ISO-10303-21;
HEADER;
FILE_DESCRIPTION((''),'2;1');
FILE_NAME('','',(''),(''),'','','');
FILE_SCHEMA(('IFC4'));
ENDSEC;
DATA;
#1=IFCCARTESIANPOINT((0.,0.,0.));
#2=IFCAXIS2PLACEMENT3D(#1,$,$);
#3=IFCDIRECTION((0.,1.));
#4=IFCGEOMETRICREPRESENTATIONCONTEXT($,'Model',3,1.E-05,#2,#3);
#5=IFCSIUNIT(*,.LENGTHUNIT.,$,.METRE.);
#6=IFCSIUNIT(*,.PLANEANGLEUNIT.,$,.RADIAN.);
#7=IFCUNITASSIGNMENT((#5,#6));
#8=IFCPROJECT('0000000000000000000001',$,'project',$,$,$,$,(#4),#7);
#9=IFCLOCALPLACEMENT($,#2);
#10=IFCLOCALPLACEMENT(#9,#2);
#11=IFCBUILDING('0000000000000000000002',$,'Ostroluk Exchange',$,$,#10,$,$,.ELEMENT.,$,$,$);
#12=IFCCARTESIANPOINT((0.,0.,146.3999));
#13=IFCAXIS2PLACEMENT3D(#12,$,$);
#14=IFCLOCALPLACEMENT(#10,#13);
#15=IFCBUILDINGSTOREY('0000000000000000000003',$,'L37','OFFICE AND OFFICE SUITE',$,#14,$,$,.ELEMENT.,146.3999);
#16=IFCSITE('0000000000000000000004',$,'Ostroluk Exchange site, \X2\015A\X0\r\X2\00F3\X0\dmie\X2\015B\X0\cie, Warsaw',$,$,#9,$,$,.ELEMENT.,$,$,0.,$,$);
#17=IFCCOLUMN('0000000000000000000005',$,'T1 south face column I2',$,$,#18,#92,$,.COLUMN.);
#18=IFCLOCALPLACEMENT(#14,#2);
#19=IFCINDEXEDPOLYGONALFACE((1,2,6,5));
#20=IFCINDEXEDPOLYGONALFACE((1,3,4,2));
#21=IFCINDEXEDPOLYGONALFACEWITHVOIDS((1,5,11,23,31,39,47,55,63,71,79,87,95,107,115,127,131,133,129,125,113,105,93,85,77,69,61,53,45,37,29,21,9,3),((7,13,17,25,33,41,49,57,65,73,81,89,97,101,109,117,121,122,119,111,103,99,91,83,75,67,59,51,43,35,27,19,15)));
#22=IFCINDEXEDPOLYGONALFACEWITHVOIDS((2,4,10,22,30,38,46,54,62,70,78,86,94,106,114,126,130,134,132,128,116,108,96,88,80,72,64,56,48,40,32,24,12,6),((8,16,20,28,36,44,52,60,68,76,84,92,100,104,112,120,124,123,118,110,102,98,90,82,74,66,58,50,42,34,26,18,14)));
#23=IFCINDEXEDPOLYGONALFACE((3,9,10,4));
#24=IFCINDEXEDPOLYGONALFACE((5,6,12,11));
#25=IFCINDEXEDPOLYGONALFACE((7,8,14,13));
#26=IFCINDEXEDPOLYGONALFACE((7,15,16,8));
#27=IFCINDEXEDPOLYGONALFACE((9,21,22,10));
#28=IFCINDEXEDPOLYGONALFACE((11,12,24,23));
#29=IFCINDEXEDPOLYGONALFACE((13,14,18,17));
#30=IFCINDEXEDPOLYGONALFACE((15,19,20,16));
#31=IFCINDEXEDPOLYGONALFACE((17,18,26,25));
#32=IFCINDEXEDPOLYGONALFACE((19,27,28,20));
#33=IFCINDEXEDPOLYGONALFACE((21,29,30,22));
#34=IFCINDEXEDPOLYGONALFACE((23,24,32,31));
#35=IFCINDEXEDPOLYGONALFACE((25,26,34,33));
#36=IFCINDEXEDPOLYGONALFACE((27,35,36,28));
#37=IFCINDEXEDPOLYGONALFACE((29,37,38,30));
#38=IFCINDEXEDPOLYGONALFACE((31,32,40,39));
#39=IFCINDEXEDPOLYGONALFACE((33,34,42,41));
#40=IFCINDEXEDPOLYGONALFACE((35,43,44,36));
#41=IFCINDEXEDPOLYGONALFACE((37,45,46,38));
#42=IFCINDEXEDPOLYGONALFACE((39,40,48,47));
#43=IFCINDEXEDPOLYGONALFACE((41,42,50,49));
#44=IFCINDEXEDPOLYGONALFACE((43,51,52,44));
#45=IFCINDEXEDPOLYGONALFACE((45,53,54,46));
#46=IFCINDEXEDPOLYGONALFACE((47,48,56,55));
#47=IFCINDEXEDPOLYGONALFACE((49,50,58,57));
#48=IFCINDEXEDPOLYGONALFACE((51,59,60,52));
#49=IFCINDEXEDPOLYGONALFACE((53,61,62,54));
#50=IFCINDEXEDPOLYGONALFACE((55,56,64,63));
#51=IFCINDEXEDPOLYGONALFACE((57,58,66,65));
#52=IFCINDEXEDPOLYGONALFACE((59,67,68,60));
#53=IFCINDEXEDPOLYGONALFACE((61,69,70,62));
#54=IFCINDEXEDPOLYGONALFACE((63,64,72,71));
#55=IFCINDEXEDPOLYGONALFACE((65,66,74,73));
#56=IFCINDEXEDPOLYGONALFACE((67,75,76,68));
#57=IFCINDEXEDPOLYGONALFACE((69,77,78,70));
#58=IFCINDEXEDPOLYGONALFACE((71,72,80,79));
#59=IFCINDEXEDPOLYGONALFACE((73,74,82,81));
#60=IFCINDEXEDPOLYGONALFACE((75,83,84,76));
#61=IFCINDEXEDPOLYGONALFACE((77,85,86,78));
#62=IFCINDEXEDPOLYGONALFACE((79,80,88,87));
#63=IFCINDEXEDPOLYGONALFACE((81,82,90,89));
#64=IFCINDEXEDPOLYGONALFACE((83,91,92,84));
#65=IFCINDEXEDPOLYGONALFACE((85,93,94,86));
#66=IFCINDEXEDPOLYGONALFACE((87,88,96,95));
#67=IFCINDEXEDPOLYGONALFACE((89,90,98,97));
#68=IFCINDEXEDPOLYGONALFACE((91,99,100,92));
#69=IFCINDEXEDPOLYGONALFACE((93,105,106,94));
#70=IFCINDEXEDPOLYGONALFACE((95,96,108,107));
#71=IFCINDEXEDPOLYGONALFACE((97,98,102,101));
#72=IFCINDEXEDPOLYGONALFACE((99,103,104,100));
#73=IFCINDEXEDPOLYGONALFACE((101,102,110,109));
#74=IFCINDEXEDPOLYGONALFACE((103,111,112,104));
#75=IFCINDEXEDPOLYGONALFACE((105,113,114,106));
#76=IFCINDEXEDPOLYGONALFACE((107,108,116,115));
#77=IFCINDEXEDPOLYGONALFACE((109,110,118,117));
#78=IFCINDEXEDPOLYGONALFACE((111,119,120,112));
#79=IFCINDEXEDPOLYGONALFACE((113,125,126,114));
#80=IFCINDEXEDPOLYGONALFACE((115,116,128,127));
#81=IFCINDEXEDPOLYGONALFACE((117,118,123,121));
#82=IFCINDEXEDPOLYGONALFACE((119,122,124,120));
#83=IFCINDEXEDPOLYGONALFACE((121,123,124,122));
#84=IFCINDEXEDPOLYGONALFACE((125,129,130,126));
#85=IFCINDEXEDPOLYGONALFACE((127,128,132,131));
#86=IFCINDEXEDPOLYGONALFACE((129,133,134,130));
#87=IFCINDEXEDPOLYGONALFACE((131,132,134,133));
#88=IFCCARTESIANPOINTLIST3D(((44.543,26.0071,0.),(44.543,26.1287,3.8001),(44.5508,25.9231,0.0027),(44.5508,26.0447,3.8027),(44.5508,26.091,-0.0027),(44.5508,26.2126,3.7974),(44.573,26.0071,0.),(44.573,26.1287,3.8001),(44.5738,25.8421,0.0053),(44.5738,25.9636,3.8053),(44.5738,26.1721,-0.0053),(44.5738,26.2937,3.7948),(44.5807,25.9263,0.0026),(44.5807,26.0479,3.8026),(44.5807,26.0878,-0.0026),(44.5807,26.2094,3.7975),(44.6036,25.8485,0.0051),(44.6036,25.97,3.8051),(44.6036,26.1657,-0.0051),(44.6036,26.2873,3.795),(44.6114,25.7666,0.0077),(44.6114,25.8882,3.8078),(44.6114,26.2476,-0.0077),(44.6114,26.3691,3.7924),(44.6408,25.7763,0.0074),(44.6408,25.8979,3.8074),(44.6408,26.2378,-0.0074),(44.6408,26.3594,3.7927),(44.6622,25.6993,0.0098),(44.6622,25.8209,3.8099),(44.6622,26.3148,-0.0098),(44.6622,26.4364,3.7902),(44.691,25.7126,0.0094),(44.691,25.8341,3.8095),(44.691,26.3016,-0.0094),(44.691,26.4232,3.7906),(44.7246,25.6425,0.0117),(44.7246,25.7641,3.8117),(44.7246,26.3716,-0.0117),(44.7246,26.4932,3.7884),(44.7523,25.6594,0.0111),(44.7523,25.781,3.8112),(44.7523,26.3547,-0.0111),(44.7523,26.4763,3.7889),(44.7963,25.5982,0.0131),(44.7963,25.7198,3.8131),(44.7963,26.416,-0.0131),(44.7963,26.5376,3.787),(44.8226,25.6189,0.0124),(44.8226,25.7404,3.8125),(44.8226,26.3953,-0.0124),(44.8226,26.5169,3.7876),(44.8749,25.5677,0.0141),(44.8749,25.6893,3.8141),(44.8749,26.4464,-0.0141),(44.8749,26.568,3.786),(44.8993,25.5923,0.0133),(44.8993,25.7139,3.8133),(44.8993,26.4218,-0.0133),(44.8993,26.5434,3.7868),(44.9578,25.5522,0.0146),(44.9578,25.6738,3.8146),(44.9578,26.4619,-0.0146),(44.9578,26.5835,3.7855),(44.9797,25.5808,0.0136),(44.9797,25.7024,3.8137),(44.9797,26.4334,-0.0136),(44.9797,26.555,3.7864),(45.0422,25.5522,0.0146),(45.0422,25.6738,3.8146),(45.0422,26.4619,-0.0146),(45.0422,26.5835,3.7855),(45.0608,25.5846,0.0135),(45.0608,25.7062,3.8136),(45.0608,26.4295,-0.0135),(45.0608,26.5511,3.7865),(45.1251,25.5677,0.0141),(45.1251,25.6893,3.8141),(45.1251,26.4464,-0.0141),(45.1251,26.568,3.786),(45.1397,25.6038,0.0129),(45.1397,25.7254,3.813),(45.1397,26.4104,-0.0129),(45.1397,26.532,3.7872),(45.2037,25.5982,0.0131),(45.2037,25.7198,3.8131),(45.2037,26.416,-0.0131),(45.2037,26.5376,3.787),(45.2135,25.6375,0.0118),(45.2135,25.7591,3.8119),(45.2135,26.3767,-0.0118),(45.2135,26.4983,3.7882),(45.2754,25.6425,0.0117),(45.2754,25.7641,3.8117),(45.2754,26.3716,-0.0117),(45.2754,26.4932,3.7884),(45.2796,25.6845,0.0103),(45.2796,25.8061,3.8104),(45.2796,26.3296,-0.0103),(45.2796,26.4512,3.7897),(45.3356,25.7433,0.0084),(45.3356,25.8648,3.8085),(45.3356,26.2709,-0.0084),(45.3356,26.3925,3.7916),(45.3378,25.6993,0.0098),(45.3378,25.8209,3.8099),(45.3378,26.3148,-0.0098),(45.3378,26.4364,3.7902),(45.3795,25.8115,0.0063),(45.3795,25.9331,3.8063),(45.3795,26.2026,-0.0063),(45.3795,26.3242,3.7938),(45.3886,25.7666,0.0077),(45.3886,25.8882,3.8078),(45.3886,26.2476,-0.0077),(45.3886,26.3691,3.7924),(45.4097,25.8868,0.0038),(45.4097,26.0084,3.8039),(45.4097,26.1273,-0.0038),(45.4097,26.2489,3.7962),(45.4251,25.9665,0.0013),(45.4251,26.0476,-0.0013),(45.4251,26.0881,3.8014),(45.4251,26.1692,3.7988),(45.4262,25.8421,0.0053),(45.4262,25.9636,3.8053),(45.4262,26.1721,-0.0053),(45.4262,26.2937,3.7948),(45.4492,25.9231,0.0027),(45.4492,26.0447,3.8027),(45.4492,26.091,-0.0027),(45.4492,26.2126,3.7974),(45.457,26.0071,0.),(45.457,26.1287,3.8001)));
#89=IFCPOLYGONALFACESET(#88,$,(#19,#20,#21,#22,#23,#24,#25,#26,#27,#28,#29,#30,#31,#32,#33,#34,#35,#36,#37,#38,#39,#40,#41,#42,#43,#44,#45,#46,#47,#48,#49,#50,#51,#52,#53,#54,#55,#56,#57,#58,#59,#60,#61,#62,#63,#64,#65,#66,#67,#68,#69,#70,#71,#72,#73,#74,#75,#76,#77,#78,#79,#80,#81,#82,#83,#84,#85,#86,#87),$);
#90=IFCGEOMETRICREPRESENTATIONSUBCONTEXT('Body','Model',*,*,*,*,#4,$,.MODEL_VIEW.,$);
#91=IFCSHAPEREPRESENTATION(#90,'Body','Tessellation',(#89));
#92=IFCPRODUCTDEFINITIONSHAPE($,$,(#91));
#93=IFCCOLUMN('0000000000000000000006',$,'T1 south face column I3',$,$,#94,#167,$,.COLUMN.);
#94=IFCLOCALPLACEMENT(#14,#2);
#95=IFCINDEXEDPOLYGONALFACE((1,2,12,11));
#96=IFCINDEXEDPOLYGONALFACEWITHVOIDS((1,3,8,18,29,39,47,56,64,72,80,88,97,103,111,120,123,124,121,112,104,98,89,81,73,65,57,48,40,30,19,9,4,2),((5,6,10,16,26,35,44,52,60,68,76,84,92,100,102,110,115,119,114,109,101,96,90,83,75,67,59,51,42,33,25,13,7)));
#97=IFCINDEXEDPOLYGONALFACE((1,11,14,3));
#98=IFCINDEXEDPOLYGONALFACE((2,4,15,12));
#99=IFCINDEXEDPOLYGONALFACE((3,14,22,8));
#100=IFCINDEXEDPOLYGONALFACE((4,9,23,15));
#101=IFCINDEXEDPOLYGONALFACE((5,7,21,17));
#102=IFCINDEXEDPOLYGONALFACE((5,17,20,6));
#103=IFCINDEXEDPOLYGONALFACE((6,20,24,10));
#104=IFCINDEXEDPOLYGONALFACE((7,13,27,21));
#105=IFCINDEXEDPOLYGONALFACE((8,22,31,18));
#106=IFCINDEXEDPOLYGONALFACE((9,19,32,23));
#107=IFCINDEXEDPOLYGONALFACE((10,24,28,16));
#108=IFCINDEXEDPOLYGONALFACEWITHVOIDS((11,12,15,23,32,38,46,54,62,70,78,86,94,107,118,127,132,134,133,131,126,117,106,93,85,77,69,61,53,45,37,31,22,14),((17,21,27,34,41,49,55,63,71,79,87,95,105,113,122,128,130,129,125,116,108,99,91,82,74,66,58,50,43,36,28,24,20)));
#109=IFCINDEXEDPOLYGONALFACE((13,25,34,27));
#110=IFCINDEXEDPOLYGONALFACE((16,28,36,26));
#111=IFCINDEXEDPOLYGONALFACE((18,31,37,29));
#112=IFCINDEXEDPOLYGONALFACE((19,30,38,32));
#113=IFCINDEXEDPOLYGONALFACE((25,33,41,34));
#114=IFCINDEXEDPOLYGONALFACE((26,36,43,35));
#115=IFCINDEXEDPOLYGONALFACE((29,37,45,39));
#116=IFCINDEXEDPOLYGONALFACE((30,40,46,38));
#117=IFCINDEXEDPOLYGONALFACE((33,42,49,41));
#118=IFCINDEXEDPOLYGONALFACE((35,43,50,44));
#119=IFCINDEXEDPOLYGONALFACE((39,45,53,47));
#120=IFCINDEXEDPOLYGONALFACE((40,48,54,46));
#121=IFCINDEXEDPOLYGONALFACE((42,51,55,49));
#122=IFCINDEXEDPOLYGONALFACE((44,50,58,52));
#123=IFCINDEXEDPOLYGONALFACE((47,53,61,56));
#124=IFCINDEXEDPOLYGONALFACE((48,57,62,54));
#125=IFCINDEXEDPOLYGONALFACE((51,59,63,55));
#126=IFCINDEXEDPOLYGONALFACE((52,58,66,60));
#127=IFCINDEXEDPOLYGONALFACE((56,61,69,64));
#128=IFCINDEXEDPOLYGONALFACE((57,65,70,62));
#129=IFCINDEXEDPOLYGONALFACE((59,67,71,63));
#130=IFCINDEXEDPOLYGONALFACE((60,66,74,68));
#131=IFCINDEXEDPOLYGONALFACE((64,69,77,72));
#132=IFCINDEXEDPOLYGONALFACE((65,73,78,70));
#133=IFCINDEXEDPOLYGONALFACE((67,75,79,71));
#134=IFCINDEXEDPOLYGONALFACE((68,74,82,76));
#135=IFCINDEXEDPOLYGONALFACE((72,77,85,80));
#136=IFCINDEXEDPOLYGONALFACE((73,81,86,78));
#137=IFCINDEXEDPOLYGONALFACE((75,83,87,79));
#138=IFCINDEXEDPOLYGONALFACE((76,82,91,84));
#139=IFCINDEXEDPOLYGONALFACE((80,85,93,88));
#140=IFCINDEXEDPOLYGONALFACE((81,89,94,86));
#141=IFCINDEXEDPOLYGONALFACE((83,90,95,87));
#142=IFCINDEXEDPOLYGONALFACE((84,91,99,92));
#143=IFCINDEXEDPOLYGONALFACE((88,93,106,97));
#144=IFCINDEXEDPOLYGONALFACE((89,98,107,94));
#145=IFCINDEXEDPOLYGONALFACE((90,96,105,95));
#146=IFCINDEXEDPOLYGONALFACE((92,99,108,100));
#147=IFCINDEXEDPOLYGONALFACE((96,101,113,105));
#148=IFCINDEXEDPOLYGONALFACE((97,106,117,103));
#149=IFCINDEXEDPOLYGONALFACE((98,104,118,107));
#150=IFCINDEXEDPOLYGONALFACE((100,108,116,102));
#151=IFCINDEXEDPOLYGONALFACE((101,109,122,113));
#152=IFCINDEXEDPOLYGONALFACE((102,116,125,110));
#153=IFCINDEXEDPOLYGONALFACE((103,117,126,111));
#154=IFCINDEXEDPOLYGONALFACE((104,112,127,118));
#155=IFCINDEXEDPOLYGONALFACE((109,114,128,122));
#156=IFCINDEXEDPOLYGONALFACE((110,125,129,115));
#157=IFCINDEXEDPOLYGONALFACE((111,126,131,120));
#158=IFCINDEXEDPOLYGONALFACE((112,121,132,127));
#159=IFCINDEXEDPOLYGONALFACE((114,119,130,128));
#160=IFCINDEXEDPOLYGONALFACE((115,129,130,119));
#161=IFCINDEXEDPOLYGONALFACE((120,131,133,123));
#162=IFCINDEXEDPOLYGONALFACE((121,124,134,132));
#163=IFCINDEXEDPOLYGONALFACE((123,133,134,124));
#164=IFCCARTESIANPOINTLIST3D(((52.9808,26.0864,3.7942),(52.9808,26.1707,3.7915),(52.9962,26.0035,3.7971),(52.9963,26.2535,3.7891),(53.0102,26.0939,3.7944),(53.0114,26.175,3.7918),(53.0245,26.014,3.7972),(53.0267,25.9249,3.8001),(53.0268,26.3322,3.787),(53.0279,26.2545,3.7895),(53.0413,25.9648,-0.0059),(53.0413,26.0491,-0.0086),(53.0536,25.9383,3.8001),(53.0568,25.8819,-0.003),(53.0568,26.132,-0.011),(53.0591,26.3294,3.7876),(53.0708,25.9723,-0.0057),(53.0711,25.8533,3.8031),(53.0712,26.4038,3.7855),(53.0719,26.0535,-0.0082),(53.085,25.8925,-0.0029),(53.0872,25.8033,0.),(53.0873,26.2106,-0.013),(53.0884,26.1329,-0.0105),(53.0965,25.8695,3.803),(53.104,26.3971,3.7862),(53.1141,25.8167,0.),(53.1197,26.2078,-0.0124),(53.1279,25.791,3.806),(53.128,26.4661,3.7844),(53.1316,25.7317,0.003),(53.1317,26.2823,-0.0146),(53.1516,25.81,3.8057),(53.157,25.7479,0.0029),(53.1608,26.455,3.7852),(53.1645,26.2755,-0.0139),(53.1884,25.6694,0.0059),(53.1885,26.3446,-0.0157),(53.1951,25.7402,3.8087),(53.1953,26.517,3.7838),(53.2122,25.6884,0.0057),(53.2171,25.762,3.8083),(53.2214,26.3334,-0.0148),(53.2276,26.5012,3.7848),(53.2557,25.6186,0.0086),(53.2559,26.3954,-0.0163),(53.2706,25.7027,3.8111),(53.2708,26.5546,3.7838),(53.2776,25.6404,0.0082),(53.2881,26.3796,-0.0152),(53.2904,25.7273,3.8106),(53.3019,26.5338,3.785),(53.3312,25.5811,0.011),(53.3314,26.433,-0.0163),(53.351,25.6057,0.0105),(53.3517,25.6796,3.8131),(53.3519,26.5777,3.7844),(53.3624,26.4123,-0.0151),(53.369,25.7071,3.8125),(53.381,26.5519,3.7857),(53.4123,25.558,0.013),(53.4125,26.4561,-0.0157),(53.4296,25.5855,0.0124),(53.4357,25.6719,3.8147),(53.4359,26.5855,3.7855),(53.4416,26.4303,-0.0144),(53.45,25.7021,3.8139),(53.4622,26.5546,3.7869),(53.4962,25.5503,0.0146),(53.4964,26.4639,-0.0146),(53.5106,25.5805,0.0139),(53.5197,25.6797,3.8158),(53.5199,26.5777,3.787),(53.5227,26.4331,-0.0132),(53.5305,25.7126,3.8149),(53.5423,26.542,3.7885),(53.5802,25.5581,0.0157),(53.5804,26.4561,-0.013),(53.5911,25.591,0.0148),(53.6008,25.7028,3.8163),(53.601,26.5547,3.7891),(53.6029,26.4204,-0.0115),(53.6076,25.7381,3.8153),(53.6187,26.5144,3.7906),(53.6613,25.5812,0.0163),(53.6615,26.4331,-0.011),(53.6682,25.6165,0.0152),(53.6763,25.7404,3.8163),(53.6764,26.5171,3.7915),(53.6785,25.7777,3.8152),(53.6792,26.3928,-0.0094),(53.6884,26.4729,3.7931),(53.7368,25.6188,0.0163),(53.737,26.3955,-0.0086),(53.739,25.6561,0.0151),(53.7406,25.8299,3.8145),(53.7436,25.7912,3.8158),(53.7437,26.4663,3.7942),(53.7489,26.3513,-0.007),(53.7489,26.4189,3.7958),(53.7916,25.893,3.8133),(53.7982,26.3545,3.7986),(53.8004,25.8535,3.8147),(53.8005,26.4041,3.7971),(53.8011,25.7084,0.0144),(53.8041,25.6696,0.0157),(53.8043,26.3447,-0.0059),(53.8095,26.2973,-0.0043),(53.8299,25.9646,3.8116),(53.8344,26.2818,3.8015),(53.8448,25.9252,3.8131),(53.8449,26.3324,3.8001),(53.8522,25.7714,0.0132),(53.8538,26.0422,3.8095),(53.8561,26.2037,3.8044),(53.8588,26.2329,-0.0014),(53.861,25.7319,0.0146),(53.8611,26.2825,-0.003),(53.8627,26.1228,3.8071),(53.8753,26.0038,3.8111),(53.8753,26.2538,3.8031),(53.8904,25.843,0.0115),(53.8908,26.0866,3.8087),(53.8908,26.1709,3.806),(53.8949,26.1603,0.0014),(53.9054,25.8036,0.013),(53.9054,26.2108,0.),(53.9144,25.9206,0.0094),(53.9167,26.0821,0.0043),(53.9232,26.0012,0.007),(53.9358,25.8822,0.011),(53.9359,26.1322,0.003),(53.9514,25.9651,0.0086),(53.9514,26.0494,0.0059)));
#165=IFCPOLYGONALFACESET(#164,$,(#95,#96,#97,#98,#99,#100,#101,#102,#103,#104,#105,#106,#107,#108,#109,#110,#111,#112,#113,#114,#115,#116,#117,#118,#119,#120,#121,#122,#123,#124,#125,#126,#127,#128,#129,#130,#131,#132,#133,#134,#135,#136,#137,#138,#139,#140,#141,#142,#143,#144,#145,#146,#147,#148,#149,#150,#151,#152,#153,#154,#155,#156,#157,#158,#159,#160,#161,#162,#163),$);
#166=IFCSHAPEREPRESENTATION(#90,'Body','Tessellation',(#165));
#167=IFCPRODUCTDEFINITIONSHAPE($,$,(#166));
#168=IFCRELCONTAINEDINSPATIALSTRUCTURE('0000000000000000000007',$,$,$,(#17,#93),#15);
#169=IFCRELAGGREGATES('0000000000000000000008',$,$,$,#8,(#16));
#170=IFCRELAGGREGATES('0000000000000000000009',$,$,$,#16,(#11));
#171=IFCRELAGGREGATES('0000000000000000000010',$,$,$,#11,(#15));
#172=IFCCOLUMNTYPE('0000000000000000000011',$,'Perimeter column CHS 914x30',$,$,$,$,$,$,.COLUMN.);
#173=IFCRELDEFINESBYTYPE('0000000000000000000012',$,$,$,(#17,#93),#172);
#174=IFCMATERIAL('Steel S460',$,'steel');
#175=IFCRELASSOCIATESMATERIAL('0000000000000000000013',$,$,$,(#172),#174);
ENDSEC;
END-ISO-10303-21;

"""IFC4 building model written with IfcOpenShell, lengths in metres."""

from ifc_helpers import new_model, si_unit, direction, frame, origin, origin_2d, place, context, subcontext, project, spatial, hollow_circle, extrude, material, material_profile, profile_set, type_object, element, save


model = new_model("IFC4")

# Units and contexts
model_context = context("Model", 3, precision=1e-05, world=origin(), true_north=direction((0.0, 1.0)))
body_context = subcontext(model_context, "Body", "Model", "MODEL_VIEW")
ifc_project = project(units=[si_unit("LENGTHUNIT", "METRE"), si_unit("PLANEANGLEUNIT", "RADIAN")], contexts=[model_context])

# Site, building, storey
site_placement = place(None, origin())
site = spatial("IfcSite", under=ifc_project, at=site_placement, Name="Ostroluk Exchange site, Śródmieście, Warsaw", CompositionType="ELEMENT", RefElevation=0.0)
building_placement = place(site_placement, origin())
building = spatial("IfcBuilding", under=site, at=building_placement, Name="Ostroluk Exchange", CompositionType="ELEMENT")
storey_placement = place(building_placement, frame((0.0, 0.0, 146.3999)))
storey = spatial("IfcBuildingStorey", under=building, at=storey_placement, Name="L37", Description="OFFICE AND OFFICE SUITE", CompositionType="ELEMENT", Elevation=146.3999)

# Columns
ifc_material_1 = material(Name="Steel S460", Category="steel")
ifc_material_profile_1 = material_profile(ifc_material_1, hollow_circle(Radius=0.457, WallThickness=0.03, at=origin_2d()), Name="CHS 914x30")
ifc_profile_set_1 = profile_set([ifc_material_profile_1], Name="Steel S460")
column_type = type_object("IfcColumnType", Name="Perimeter column CHS 914x30", PredefinedType="COLUMN", material=ifc_profile_set_1)
column_1_placement = place(storey_placement, frame((45.0, 26.0071, 0.0), z_axis=(0.0, 0.031978, 0.999489), x_axis=(-1.0, 0.0, 0.0)))
element("IfcColumn", 1, at=column_1_placement, inside=storey, type_object=column_type, Name="T1 south face column I2", PredefinedType="COLUMN", context=body_context, shape_type="SweptSolid", body=[
    extrude(hollow_circle(Radius=0.457, WallThickness=0.03, at=origin_2d()), origin(), (0.0, 0.0, 1.0), 3.802),
])
column_2_placement = place(storey_placement, frame((53.4963, 26.0071, 0.0), z_axis=(-0.015923, 0.031974, 0.999362), x_axis=(-0.895145, -0.445775, 0.0)))
element("IfcColumn", 2, at=column_2_placement, inside=storey, type_object=column_type, Name="T1 south face column I3", PredefinedType="COLUMN", context=body_context, shape_type="SweptSolid", body=[
    extrude(hollow_circle(Radius=0.457, WallThickness=0.03, at=origin_2d()), origin(), (0.0, 0.0, 1.0), 3.8025),
])

save(model, "model.ifc")
